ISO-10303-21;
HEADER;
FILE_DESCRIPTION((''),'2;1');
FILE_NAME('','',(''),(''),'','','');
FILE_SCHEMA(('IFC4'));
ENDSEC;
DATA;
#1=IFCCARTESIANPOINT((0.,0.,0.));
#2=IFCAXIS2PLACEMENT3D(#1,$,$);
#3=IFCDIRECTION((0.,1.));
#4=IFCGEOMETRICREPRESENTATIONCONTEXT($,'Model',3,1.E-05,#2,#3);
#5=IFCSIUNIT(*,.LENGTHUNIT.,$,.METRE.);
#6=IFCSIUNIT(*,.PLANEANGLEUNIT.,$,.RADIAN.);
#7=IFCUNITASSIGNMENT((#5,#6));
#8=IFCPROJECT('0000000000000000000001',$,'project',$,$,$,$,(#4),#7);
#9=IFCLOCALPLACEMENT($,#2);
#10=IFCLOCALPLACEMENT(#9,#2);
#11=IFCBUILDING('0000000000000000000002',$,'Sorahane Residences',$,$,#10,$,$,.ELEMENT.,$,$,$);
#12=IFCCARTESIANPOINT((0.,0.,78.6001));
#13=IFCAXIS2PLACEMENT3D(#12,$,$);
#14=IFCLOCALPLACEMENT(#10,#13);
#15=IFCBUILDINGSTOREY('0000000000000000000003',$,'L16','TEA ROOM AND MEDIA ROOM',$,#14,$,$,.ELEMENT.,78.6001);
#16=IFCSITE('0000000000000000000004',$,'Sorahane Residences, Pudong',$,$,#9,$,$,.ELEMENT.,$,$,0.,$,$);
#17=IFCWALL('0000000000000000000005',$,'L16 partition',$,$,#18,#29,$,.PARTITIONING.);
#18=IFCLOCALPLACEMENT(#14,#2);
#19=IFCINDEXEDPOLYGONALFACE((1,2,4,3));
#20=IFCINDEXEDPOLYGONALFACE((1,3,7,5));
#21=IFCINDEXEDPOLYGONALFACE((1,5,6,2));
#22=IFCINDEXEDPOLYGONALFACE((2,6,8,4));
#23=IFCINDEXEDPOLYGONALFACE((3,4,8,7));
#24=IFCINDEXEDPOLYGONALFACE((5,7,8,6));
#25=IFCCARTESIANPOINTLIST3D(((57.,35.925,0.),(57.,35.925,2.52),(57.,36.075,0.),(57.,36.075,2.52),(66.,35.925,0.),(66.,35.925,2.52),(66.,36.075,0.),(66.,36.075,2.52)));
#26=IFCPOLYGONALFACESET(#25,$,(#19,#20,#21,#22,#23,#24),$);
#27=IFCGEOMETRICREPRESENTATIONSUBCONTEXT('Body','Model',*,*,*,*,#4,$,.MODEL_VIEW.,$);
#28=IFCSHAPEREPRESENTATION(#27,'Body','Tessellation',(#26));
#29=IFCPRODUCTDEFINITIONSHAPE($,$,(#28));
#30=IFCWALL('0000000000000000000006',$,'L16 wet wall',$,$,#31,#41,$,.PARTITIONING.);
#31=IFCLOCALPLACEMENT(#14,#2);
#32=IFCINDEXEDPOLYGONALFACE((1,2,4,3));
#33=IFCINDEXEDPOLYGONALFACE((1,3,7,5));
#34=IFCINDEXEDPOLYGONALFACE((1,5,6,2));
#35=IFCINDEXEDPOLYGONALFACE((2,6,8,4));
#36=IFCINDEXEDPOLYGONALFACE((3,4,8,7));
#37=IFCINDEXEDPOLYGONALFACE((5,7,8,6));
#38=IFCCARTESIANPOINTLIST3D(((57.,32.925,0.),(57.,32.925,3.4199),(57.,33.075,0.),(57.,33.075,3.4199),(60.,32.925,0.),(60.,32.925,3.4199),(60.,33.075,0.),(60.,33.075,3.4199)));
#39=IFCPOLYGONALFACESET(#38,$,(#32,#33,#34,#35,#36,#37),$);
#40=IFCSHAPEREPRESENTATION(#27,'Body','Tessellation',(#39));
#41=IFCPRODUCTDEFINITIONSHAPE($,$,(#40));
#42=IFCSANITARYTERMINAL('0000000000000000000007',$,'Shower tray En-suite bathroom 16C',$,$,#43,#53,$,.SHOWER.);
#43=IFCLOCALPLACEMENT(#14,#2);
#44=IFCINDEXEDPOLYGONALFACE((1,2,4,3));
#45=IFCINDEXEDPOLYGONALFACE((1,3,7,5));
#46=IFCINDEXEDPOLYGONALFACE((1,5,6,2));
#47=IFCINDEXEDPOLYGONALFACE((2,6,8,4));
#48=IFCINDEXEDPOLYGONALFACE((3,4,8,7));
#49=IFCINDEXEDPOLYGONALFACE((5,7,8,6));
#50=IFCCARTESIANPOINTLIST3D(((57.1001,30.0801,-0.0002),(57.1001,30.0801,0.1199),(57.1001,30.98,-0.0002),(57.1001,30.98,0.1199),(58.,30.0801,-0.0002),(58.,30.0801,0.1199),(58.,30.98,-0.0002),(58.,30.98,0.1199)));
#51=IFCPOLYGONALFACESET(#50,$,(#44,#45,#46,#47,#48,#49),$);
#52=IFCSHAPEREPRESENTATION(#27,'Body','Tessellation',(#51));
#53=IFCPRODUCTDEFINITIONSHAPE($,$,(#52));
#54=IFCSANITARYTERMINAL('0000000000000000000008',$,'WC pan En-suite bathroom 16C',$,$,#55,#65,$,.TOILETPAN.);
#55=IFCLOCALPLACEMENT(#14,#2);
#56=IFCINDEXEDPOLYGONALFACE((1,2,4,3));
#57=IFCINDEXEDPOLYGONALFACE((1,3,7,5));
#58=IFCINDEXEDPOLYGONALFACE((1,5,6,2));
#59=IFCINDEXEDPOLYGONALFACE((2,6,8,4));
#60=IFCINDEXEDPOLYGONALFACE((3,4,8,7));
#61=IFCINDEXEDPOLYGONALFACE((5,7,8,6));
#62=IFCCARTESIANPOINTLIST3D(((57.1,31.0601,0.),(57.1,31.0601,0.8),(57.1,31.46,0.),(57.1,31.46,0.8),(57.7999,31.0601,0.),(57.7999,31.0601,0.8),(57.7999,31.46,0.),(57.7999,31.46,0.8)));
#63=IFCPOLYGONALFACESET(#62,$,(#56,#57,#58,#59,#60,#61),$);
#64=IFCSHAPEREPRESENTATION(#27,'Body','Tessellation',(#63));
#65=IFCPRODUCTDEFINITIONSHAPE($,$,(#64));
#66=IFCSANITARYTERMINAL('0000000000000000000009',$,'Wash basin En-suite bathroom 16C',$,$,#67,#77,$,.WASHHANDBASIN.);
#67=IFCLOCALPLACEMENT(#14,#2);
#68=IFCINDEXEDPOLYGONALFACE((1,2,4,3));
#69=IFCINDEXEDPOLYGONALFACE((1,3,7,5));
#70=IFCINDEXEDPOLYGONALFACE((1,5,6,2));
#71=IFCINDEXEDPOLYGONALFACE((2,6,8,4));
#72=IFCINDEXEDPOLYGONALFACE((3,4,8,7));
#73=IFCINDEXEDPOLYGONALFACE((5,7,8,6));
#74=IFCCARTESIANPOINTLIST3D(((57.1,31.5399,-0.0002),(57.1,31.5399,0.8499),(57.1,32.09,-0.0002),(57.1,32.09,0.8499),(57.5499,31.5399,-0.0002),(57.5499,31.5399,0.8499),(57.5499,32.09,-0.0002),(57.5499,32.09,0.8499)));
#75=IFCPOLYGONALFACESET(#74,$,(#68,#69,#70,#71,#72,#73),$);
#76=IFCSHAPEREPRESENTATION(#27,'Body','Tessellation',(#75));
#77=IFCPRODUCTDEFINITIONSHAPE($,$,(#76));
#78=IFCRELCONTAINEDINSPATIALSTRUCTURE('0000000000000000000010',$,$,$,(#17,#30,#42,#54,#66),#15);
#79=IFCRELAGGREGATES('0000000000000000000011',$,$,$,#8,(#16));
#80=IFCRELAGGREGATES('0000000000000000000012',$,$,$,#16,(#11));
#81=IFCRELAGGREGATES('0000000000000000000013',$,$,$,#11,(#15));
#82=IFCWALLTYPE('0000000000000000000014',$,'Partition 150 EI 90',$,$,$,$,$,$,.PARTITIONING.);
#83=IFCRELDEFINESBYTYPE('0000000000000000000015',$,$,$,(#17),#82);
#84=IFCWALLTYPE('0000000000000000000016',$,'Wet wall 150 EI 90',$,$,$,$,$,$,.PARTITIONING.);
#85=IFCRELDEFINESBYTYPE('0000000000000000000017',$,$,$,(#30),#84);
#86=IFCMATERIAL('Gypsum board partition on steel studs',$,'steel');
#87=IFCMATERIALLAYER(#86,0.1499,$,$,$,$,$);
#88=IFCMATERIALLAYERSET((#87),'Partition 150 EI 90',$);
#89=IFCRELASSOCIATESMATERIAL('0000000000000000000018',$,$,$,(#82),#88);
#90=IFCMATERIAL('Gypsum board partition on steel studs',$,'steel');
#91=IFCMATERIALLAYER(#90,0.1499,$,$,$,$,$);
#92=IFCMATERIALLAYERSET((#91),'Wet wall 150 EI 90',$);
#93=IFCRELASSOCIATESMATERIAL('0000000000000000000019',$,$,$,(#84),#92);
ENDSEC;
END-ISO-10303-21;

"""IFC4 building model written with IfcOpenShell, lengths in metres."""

from ifc_helpers import new_model, si_unit, direction, frame, frame_2d, origin, origin_2d, place, context, subcontext, project, spatial, rectangle, extrude, material, layer, layer_set, type_object, element, save


model = new_model("IFC4")

# Units and contexts
model_context = context("Model", 3, precision=1e-05, world=origin(), true_north=direction((0.0, 1.0)))
body_context = subcontext(model_context, "Body", "Model", "MODEL_VIEW")
ifc_project = project(units=[si_unit("LENGTHUNIT", "METRE"), si_unit("PLANEANGLEUNIT", "RADIAN")], contexts=[model_context])

# Site, building, storey
site_placement = place(None, origin())
site = spatial("IfcSite", under=ifc_project, at=site_placement, Name="Sorahane Residences, Pudong", CompositionType="ELEMENT", RefElevation=0.0)
building_placement = place(site_placement, origin())
building = spatial("IfcBuilding", under=site, at=building_placement, Name="Sorahane Residences", CompositionType="ELEMENT")
storey_placement = place(building_placement, frame((0.0, 0.0, 78.6001)))
storey = spatial("IfcBuildingStorey", under=building, at=storey_placement, Name="L16", Description="TEA ROOM AND MEDIA ROOM", CompositionType="ELEMENT", Elevation=78.6001)

# Shared definitions
ifc_material_1 = material(Name="Gypsum board partition on steel studs", Category="steel")
ifc_layer_1 = layer(ifc_material_1, 0.1499)
ifc_layer_set_1 = layer_set([ifc_layer_1], Name="Partition 150 EI 90")
wall_type_1 = type_object("IfcWallType", Name="Partition 150 EI 90", PredefinedType="PARTITIONING", material=ifc_layer_set_1)

# Wall
wall_1_placement = place(storey_placement, frame((57.0, 36.0, 0.0), z_axis=(0.0, 0.0, 1.0), x_axis=(1.0, 0.0, 0.0)))
element("IfcWall", 1, at=wall_1_placement, inside=storey, type_object=wall_type_1, Name="L16 partition", PredefinedType="PARTITIONING", context=body_context, shape_type="SweptSolid", body=[
    extrude(rectangle(XDim=9.0, YDim=0.1499, at=frame_2d((4.5, 0.0))), origin(), (0.0, 0.0, 1.0), 2.52),
])

# Shared definitions
ifc_material_2 = material(Name="Gypsum board partition on steel studs", Category="steel")
ifc_layer_2 = layer(ifc_material_2, 0.1499)
ifc_layer_set_2 = layer_set([ifc_layer_2], Name="Wet wall 150 EI 90")
wall_type_2 = type_object("IfcWallType", Name="Wet wall 150 EI 90", PredefinedType="PARTITIONING", material=ifc_layer_set_2)

# Wall
wall_2_placement = place(storey_placement, frame((57.0, 33.0, 0.0), z_axis=(0.0, 0.0, 1.0), x_axis=(1.0, 0.0, 0.0)))
element("IfcWall", 2, at=wall_2_placement, inside=storey, type_object=wall_type_2, Name="L16 wet wall", PredefinedType="PARTITIONING", context=body_context, shape_type="SweptSolid", body=[
    extrude(rectangle(XDim=3.0, YDim=0.1499, at=frame_2d((1.5, 0.0))), origin(), (0.0, 0.0, 1.0), 3.4199),
])

# Sanitary terminals
sanitary_terminal_1_placement = place(storey_placement, frame((57.55, 30.53, -0.0002), z_axis=(0.0, 0.0, 1.0), x_axis=(0.0, 1.0, 0.0)))
element("IfcSanitaryTerminal", 3, at=sanitary_terminal_1_placement, inside=storey, Name="Shower tray En-suite bathroom 16C", PredefinedType="SHOWER", context=body_context, shape_type="SweptSolid", body=[
    extrude(rectangle(XDim=0.8999, YDim=0.8999, at=origin_2d()), origin(), (0.0, 0.0, 1.0), 0.1201),
])
sanitary_terminal_2_placement = place(storey_placement, frame((57.45, 31.26, 0.0), z_axis=(0.0, 0.0, 1.0), x_axis=(0.0, 1.0, 0.0)))
element("IfcSanitaryTerminal", 4, at=sanitary_terminal_2_placement, inside=storey, Name="WC pan En-suite bathroom 16C", PredefinedType="TOILETPAN", context=body_context, shape_type="SweptSolid", body=[
    extrude(rectangle(XDim=0.3999, YDim=0.7, at=origin_2d()), origin(), (0.0, 0.0, 1.0), 0.8),
])
sanitary_terminal_3_placement = place(storey_placement, frame((57.325, 31.8149, -0.0002), z_axis=(0.0, 0.0, 1.0), x_axis=(0.0, 1.0, 0.0)))
element("IfcSanitaryTerminal", 5, at=sanitary_terminal_3_placement, inside=storey, Name="Wash basin En-suite bathroom 16C", PredefinedType="WASHHANDBASIN", context=body_context, shape_type="SweptSolid", body=[
    extrude(rectangle(XDim=0.55, YDim=0.45, at=origin_2d()), origin(), (0.0, 0.0, 1.0), 0.8501),
])

save(model, "model.ifc")
